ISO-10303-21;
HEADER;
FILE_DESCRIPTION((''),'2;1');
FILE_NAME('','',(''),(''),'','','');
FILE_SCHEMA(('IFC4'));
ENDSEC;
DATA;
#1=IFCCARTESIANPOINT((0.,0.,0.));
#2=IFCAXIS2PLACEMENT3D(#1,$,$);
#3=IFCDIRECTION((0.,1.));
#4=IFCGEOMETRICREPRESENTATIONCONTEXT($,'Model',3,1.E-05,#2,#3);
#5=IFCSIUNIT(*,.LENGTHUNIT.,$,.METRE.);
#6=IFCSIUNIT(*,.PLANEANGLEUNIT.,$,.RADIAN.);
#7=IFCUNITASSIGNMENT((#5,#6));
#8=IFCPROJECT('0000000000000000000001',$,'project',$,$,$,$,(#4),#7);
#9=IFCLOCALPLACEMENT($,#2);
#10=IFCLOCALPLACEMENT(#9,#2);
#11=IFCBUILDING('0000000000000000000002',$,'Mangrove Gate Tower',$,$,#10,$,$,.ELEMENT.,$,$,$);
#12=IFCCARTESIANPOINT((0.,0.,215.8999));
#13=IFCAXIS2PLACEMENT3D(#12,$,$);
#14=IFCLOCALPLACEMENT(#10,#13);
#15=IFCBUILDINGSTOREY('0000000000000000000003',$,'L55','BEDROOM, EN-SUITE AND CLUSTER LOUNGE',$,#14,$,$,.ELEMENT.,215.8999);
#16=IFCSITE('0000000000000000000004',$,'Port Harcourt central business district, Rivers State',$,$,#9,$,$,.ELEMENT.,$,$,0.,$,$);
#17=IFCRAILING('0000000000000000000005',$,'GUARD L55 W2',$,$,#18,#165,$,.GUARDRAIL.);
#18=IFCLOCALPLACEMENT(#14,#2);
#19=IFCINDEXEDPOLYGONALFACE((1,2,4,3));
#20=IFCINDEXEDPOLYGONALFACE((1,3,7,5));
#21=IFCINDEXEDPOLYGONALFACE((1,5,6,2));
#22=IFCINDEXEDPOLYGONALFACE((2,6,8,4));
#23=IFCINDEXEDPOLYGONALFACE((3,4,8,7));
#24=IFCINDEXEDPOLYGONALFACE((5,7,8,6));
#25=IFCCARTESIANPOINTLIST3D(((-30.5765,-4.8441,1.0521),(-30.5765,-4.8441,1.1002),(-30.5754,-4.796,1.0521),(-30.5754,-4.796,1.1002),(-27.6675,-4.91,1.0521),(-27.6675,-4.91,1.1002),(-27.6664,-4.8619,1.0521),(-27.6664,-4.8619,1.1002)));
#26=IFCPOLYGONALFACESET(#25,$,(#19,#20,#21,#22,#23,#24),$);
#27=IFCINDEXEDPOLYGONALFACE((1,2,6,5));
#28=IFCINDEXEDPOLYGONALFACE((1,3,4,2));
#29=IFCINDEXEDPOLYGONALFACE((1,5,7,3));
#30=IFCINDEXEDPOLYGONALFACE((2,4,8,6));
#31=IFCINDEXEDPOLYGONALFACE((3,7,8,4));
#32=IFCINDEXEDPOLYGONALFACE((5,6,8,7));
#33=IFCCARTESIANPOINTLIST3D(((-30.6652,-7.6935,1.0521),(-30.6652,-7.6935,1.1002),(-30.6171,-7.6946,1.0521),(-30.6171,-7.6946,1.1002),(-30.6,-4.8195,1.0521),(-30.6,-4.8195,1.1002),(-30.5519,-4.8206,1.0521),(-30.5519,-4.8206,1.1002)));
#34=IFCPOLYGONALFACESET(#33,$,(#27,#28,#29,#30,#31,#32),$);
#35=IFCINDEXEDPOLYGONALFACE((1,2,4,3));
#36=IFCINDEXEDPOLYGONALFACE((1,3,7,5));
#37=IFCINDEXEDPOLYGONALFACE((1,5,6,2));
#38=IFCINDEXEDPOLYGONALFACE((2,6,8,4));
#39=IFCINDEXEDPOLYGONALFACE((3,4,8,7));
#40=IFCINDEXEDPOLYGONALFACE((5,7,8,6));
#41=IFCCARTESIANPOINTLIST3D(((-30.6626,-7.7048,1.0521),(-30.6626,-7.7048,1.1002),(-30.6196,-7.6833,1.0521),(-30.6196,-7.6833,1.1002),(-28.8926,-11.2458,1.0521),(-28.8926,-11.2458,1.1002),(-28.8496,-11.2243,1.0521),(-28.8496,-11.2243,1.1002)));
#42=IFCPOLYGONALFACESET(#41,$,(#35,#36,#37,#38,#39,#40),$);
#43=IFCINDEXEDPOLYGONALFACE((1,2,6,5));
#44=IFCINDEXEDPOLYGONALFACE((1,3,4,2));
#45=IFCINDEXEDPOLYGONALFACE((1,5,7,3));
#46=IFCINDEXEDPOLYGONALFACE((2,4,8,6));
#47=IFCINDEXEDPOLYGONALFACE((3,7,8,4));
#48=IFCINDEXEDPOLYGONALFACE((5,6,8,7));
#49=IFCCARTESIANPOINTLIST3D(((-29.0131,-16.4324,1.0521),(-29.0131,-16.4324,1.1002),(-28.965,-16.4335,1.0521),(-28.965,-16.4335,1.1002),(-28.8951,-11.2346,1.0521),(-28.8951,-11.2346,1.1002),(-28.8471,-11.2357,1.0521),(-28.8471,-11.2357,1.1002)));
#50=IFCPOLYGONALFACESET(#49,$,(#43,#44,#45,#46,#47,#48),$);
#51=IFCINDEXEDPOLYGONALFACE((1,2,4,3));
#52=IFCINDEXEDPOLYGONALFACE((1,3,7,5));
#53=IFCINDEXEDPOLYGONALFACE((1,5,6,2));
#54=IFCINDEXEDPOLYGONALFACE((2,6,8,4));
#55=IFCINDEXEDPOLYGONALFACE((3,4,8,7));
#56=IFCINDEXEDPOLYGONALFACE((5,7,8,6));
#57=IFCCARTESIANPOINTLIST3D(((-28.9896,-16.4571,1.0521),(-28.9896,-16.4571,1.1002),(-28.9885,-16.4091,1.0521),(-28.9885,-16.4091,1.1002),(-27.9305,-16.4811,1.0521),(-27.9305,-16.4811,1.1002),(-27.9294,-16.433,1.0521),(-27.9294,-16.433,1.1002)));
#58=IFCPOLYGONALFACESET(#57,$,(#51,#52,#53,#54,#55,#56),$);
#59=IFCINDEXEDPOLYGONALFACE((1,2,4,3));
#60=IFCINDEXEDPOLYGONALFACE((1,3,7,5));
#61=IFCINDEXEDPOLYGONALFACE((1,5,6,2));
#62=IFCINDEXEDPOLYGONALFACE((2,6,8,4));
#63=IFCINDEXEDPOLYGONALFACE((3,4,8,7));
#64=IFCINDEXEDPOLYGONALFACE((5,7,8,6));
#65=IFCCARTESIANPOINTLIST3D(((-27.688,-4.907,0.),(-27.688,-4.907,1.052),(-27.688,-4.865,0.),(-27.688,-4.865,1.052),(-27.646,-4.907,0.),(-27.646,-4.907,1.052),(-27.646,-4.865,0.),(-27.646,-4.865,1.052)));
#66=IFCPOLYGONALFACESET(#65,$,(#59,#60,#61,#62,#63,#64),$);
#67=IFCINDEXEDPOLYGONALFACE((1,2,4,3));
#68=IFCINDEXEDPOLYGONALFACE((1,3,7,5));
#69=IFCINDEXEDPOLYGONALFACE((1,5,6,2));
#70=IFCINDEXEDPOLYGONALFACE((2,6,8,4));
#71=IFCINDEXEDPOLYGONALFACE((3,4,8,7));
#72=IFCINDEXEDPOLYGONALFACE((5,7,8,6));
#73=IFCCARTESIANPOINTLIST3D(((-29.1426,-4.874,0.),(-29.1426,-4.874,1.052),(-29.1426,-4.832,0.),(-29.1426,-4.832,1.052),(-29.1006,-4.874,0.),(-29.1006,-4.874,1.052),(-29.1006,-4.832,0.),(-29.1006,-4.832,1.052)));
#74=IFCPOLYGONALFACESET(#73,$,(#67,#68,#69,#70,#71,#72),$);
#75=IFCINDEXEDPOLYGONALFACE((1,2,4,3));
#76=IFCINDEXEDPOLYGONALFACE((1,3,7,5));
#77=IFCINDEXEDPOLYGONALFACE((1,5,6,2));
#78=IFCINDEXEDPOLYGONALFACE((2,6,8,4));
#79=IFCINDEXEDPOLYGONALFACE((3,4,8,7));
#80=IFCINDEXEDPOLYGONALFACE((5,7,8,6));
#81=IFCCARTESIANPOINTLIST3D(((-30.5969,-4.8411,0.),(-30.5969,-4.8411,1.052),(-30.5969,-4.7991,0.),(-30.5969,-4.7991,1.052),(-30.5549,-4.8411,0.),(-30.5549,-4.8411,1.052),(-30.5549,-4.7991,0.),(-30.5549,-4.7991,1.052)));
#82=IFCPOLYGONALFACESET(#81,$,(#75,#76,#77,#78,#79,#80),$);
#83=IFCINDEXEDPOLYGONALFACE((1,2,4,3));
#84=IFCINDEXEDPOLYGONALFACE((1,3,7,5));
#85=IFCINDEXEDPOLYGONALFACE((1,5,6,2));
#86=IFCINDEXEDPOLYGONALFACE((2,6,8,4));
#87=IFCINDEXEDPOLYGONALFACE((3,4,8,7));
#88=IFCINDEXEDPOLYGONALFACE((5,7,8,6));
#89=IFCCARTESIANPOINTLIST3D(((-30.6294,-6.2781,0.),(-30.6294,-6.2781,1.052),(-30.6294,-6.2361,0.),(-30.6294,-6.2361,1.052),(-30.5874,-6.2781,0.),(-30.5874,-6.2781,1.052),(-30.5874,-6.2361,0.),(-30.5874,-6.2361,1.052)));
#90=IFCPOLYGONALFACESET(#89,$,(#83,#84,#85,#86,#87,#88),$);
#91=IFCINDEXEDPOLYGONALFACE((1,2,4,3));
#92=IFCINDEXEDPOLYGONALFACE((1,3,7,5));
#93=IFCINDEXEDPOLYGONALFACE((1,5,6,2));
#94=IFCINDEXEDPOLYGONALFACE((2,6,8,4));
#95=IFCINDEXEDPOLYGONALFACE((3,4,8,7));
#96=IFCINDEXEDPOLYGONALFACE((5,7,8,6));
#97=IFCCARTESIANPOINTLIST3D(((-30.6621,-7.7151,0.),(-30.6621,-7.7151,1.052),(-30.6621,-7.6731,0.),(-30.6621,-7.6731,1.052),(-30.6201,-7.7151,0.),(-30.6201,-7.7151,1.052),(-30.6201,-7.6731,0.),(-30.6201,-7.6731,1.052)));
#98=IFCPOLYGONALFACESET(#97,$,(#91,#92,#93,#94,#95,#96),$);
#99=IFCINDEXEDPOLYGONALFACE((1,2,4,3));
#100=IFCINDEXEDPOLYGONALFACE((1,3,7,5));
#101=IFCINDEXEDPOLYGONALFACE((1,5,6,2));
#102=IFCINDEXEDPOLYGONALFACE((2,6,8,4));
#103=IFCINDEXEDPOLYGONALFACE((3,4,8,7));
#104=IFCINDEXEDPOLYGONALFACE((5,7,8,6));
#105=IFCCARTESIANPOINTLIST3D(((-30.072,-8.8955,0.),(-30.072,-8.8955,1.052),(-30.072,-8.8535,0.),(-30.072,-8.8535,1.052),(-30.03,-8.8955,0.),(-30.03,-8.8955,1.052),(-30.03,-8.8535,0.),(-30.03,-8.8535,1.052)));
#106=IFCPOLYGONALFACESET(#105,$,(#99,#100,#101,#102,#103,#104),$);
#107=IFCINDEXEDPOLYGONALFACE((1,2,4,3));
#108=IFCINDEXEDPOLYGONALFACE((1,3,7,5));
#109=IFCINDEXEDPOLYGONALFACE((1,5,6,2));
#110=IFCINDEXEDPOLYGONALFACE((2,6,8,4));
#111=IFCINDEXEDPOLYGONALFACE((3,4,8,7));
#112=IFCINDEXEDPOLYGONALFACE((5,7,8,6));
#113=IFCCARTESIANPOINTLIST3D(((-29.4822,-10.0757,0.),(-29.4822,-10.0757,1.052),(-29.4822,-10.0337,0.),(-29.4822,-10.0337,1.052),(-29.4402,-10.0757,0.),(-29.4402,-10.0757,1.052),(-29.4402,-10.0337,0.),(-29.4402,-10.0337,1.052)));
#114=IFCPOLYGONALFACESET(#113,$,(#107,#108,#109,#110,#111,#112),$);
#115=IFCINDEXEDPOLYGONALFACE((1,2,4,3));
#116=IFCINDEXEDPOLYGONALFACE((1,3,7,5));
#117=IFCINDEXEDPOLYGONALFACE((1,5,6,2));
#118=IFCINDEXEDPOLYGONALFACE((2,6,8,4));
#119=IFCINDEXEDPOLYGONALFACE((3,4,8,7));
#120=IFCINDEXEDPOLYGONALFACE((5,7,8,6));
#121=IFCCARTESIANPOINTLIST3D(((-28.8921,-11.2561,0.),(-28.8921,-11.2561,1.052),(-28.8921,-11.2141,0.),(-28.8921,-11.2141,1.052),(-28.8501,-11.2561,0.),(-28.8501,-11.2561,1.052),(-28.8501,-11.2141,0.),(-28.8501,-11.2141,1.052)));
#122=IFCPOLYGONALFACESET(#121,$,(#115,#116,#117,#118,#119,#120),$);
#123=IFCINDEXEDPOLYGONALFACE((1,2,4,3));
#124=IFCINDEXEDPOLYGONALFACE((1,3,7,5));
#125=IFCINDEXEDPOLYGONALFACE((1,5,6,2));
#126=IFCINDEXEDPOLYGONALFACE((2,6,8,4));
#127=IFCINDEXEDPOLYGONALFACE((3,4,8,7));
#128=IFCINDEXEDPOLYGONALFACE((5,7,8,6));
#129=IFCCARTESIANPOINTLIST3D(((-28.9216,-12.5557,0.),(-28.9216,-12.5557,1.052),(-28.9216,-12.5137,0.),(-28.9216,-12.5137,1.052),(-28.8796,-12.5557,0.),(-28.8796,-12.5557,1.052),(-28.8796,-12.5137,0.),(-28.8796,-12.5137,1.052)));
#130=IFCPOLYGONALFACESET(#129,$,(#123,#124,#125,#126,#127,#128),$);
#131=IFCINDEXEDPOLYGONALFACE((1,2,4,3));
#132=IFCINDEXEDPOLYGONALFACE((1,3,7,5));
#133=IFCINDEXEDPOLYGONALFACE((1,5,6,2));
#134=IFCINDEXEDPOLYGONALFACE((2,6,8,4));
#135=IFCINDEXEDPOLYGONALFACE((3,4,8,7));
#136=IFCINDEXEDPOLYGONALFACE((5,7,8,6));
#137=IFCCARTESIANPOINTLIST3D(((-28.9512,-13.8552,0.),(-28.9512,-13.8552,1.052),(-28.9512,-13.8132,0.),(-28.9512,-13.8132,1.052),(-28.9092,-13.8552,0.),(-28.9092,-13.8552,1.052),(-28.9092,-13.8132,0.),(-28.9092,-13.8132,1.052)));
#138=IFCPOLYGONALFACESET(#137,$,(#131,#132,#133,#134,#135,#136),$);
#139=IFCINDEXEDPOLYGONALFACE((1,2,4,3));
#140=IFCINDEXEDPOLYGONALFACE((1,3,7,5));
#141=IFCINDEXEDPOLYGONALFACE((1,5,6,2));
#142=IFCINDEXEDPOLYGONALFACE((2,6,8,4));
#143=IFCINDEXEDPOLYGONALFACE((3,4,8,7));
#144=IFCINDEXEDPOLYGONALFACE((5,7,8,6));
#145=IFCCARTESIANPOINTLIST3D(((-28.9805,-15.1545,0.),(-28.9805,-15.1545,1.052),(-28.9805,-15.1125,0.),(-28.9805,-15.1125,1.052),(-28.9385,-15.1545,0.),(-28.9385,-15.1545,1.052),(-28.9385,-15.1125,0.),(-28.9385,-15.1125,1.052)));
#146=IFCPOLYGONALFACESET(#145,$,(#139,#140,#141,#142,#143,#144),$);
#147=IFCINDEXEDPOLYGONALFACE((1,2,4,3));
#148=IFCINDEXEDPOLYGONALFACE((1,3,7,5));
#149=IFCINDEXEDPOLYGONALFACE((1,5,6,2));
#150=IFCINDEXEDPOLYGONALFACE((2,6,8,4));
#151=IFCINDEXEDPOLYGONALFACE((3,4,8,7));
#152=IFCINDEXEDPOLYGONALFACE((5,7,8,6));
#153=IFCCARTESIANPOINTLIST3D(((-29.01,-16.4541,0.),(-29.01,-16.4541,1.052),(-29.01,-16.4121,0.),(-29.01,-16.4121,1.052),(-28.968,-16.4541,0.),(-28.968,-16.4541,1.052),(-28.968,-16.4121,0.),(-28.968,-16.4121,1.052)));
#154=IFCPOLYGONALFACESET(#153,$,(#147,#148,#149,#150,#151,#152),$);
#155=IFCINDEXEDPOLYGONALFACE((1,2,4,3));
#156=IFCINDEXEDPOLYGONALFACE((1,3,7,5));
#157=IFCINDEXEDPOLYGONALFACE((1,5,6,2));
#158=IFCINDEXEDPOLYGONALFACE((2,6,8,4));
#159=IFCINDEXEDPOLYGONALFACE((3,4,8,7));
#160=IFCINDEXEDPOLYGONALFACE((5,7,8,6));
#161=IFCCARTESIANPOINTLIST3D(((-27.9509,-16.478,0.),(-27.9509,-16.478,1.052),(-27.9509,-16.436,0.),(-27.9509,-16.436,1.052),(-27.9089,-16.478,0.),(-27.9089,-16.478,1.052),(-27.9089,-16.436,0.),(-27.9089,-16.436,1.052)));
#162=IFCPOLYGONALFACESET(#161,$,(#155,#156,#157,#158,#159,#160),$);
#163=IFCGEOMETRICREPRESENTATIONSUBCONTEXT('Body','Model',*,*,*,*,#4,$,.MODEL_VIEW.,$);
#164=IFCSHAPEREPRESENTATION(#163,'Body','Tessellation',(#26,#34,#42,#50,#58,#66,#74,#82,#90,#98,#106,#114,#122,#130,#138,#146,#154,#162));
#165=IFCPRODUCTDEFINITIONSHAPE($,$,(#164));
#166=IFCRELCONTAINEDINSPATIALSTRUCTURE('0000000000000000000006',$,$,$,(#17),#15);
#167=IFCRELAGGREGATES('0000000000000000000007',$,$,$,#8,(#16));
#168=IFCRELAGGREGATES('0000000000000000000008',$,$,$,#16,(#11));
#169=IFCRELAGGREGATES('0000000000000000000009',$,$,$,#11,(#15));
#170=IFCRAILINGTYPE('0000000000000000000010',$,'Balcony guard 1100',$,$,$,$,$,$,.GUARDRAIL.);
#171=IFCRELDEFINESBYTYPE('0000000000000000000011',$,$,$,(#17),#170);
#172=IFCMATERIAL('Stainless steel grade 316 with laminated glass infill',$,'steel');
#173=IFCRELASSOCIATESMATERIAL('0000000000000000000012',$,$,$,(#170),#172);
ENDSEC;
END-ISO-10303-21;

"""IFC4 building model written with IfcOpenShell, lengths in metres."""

from ifc_helpers import new_model, si_unit, direction, frame, origin, origin_2d, place, context, subcontext, project, spatial, rectangle, extrude, material, type_object, element, save


model = new_model("IFC4")

# Units and contexts
model_context = context("Model", 3, precision=1e-05, world=origin(), true_north=direction((0.0, 1.0)))
body_context = subcontext(model_context, "Body", "Model", "MODEL_VIEW")
ifc_project = project(units=[si_unit("LENGTHUNIT", "METRE"), si_unit("PLANEANGLEUNIT", "RADIAN")], contexts=[model_context])

# Site, building, storey
site_placement = place(None, origin())
site = spatial("IfcSite", under=ifc_project, at=site_placement, Name="Port Harcourt central business district, Rivers State", CompositionType="ELEMENT", RefElevation=0.0)
building_placement = place(site_placement, origin())
building = spatial("IfcBuilding", under=site, at=building_placement, Name="Mangrove Gate Tower", CompositionType="ELEMENT")
storey_placement = place(building_placement, frame((0.0, 0.0, 215.8999)))
storey = spatial("IfcBuildingStorey", under=building, at=storey_placement, Name="L55", Description="BEDROOM, EN-SUITE AND CLUSTER LOUNGE", CompositionType="ELEMENT", Elevation=215.8999)

# Railing
ifc_material_1 = material(Name="Stainless steel grade 316 with laminated glass infill", Category="steel")
railing_type = type_object("IfcRailingType", Name="Balcony guard 1100", PredefinedType="GUARDRAIL", material=ifc_material_1)
railing_placement = place(storey_placement, frame((-27.667, -4.886, 0.0)))
element("IfcRailing", 1, at=railing_placement, inside=storey, type_object=railing_type, Name="GUARD L55 W2", PredefinedType="GUARDRAIL", context=body_context, shape_type="SweptSolid", body=[
    extrude(rectangle(XDim=0.0481, YDim=0.0481, at=origin_2d()), frame((0.0, 0.0, 1.0762), z_axis=(-0.999743, 0.022655, 0.0), x_axis=(-0.022655, -0.999743, 0.0)), (0.0, 0.0, 1.0), 2.9097),
    extrude(rectangle(XDim=0.0481, YDim=0.0481, at=origin_2d()), frame((-2.9089, 0.0659, 1.0762), z_axis=(-0.022675, -0.999743, 0.0), x_axis=(0.999743, -0.022675, 0.0)), (0.0, 0.0, 1.0), 2.8748),
    extrude(rectangle(XDim=0.0481, YDim=0.0481, at=origin_2d()), frame((-2.9741, -2.8081, 1.0762), z_axis=(0.447115, -0.894477, 0.0), x_axis=(0.894477, 0.447115, 0.0)), (0.0, 0.0, 1.0), 3.9587),
    extrude(rectangle(XDim=0.0481, YDim=0.0481, at=origin_2d()), frame((-1.2041, -6.3491, 1.0762), z_axis=(-0.02268, -0.999743, 0.0), x_axis=(0.999743, -0.02268, 0.0)), (0.0, 0.0, 1.0), 5.1992),
    extrude(rectangle(XDim=0.0481, YDim=0.0481, at=origin_2d()), frame((-1.322, -11.5471, 1.0762), z_axis=(0.999745, -0.022585, 0.0), x_axis=(0.022585, 0.999745, 0.0)), (0.0, 0.0, 1.0), 1.0593),
    extrude(rectangle(XDim=0.042, YDim=0.042, at=origin_2d()), origin(), (0.0, 0.0, 1.0), 1.052),
    extrude(rectangle(XDim=0.042, YDim=0.042, at=origin_2d()), frame((-1.4546, 0.033, 0.0)), (0.0, 0.0, 1.0), 1.052),
    extrude(rectangle(XDim=0.042, YDim=0.042, at=origin_2d()), frame((-2.9089, 0.0659, 0.0)), (0.0, 0.0, 1.0), 1.052),
    extrude(rectangle(XDim=0.042, YDim=0.042, at=origin_2d()), frame((-2.9414, -1.3711, 0.0)), (0.0, 0.0, 1.0), 1.052),
    extrude(rectangle(XDim=0.042, YDim=0.042, at=origin_2d()), frame((-2.9741, -2.8081, 0.0)), (0.0, 0.0, 1.0), 1.052),
    extrude(rectangle(XDim=0.042, YDim=0.042, at=origin_2d()), frame((-2.384, -3.9885, 0.0)), (0.0, 0.0, 1.0), 1.052),
    extrude(rectangle(XDim=0.042, YDim=0.042, at=origin_2d()), frame((-1.7942, -5.1687, 0.0)), (0.0, 0.0, 1.0), 1.052),
    extrude(rectangle(XDim=0.042, YDim=0.042, at=origin_2d()), frame((-1.2041, -6.3491, 0.0)), (0.0, 0.0, 1.0), 1.052),
    extrude(rectangle(XDim=0.042, YDim=0.042, at=origin_2d()), frame((-1.2336, -7.6487, 0.0)), (0.0, 0.0, 1.0), 1.052),
    extrude(rectangle(XDim=0.042, YDim=0.042, at=origin_2d()), frame((-1.2632, -8.9482, 0.0)), (0.0, 0.0, 1.0), 1.052),
    extrude(rectangle(XDim=0.042, YDim=0.042, at=origin_2d()), frame((-1.2925, -10.2476, 0.0)), (0.0, 0.0, 1.0), 1.052),
    extrude(rectangle(XDim=0.042, YDim=0.042, at=origin_2d()), frame((-1.322, -11.5471, 0.0)), (0.0, 0.0, 1.0), 1.052),
    extrude(rectangle(XDim=0.042, YDim=0.042, at=origin_2d()), frame((-0.2629, -11.571, 0.0)), (0.0, 0.0, 1.0), 1.052),
])

save(model, "model.ifc")
